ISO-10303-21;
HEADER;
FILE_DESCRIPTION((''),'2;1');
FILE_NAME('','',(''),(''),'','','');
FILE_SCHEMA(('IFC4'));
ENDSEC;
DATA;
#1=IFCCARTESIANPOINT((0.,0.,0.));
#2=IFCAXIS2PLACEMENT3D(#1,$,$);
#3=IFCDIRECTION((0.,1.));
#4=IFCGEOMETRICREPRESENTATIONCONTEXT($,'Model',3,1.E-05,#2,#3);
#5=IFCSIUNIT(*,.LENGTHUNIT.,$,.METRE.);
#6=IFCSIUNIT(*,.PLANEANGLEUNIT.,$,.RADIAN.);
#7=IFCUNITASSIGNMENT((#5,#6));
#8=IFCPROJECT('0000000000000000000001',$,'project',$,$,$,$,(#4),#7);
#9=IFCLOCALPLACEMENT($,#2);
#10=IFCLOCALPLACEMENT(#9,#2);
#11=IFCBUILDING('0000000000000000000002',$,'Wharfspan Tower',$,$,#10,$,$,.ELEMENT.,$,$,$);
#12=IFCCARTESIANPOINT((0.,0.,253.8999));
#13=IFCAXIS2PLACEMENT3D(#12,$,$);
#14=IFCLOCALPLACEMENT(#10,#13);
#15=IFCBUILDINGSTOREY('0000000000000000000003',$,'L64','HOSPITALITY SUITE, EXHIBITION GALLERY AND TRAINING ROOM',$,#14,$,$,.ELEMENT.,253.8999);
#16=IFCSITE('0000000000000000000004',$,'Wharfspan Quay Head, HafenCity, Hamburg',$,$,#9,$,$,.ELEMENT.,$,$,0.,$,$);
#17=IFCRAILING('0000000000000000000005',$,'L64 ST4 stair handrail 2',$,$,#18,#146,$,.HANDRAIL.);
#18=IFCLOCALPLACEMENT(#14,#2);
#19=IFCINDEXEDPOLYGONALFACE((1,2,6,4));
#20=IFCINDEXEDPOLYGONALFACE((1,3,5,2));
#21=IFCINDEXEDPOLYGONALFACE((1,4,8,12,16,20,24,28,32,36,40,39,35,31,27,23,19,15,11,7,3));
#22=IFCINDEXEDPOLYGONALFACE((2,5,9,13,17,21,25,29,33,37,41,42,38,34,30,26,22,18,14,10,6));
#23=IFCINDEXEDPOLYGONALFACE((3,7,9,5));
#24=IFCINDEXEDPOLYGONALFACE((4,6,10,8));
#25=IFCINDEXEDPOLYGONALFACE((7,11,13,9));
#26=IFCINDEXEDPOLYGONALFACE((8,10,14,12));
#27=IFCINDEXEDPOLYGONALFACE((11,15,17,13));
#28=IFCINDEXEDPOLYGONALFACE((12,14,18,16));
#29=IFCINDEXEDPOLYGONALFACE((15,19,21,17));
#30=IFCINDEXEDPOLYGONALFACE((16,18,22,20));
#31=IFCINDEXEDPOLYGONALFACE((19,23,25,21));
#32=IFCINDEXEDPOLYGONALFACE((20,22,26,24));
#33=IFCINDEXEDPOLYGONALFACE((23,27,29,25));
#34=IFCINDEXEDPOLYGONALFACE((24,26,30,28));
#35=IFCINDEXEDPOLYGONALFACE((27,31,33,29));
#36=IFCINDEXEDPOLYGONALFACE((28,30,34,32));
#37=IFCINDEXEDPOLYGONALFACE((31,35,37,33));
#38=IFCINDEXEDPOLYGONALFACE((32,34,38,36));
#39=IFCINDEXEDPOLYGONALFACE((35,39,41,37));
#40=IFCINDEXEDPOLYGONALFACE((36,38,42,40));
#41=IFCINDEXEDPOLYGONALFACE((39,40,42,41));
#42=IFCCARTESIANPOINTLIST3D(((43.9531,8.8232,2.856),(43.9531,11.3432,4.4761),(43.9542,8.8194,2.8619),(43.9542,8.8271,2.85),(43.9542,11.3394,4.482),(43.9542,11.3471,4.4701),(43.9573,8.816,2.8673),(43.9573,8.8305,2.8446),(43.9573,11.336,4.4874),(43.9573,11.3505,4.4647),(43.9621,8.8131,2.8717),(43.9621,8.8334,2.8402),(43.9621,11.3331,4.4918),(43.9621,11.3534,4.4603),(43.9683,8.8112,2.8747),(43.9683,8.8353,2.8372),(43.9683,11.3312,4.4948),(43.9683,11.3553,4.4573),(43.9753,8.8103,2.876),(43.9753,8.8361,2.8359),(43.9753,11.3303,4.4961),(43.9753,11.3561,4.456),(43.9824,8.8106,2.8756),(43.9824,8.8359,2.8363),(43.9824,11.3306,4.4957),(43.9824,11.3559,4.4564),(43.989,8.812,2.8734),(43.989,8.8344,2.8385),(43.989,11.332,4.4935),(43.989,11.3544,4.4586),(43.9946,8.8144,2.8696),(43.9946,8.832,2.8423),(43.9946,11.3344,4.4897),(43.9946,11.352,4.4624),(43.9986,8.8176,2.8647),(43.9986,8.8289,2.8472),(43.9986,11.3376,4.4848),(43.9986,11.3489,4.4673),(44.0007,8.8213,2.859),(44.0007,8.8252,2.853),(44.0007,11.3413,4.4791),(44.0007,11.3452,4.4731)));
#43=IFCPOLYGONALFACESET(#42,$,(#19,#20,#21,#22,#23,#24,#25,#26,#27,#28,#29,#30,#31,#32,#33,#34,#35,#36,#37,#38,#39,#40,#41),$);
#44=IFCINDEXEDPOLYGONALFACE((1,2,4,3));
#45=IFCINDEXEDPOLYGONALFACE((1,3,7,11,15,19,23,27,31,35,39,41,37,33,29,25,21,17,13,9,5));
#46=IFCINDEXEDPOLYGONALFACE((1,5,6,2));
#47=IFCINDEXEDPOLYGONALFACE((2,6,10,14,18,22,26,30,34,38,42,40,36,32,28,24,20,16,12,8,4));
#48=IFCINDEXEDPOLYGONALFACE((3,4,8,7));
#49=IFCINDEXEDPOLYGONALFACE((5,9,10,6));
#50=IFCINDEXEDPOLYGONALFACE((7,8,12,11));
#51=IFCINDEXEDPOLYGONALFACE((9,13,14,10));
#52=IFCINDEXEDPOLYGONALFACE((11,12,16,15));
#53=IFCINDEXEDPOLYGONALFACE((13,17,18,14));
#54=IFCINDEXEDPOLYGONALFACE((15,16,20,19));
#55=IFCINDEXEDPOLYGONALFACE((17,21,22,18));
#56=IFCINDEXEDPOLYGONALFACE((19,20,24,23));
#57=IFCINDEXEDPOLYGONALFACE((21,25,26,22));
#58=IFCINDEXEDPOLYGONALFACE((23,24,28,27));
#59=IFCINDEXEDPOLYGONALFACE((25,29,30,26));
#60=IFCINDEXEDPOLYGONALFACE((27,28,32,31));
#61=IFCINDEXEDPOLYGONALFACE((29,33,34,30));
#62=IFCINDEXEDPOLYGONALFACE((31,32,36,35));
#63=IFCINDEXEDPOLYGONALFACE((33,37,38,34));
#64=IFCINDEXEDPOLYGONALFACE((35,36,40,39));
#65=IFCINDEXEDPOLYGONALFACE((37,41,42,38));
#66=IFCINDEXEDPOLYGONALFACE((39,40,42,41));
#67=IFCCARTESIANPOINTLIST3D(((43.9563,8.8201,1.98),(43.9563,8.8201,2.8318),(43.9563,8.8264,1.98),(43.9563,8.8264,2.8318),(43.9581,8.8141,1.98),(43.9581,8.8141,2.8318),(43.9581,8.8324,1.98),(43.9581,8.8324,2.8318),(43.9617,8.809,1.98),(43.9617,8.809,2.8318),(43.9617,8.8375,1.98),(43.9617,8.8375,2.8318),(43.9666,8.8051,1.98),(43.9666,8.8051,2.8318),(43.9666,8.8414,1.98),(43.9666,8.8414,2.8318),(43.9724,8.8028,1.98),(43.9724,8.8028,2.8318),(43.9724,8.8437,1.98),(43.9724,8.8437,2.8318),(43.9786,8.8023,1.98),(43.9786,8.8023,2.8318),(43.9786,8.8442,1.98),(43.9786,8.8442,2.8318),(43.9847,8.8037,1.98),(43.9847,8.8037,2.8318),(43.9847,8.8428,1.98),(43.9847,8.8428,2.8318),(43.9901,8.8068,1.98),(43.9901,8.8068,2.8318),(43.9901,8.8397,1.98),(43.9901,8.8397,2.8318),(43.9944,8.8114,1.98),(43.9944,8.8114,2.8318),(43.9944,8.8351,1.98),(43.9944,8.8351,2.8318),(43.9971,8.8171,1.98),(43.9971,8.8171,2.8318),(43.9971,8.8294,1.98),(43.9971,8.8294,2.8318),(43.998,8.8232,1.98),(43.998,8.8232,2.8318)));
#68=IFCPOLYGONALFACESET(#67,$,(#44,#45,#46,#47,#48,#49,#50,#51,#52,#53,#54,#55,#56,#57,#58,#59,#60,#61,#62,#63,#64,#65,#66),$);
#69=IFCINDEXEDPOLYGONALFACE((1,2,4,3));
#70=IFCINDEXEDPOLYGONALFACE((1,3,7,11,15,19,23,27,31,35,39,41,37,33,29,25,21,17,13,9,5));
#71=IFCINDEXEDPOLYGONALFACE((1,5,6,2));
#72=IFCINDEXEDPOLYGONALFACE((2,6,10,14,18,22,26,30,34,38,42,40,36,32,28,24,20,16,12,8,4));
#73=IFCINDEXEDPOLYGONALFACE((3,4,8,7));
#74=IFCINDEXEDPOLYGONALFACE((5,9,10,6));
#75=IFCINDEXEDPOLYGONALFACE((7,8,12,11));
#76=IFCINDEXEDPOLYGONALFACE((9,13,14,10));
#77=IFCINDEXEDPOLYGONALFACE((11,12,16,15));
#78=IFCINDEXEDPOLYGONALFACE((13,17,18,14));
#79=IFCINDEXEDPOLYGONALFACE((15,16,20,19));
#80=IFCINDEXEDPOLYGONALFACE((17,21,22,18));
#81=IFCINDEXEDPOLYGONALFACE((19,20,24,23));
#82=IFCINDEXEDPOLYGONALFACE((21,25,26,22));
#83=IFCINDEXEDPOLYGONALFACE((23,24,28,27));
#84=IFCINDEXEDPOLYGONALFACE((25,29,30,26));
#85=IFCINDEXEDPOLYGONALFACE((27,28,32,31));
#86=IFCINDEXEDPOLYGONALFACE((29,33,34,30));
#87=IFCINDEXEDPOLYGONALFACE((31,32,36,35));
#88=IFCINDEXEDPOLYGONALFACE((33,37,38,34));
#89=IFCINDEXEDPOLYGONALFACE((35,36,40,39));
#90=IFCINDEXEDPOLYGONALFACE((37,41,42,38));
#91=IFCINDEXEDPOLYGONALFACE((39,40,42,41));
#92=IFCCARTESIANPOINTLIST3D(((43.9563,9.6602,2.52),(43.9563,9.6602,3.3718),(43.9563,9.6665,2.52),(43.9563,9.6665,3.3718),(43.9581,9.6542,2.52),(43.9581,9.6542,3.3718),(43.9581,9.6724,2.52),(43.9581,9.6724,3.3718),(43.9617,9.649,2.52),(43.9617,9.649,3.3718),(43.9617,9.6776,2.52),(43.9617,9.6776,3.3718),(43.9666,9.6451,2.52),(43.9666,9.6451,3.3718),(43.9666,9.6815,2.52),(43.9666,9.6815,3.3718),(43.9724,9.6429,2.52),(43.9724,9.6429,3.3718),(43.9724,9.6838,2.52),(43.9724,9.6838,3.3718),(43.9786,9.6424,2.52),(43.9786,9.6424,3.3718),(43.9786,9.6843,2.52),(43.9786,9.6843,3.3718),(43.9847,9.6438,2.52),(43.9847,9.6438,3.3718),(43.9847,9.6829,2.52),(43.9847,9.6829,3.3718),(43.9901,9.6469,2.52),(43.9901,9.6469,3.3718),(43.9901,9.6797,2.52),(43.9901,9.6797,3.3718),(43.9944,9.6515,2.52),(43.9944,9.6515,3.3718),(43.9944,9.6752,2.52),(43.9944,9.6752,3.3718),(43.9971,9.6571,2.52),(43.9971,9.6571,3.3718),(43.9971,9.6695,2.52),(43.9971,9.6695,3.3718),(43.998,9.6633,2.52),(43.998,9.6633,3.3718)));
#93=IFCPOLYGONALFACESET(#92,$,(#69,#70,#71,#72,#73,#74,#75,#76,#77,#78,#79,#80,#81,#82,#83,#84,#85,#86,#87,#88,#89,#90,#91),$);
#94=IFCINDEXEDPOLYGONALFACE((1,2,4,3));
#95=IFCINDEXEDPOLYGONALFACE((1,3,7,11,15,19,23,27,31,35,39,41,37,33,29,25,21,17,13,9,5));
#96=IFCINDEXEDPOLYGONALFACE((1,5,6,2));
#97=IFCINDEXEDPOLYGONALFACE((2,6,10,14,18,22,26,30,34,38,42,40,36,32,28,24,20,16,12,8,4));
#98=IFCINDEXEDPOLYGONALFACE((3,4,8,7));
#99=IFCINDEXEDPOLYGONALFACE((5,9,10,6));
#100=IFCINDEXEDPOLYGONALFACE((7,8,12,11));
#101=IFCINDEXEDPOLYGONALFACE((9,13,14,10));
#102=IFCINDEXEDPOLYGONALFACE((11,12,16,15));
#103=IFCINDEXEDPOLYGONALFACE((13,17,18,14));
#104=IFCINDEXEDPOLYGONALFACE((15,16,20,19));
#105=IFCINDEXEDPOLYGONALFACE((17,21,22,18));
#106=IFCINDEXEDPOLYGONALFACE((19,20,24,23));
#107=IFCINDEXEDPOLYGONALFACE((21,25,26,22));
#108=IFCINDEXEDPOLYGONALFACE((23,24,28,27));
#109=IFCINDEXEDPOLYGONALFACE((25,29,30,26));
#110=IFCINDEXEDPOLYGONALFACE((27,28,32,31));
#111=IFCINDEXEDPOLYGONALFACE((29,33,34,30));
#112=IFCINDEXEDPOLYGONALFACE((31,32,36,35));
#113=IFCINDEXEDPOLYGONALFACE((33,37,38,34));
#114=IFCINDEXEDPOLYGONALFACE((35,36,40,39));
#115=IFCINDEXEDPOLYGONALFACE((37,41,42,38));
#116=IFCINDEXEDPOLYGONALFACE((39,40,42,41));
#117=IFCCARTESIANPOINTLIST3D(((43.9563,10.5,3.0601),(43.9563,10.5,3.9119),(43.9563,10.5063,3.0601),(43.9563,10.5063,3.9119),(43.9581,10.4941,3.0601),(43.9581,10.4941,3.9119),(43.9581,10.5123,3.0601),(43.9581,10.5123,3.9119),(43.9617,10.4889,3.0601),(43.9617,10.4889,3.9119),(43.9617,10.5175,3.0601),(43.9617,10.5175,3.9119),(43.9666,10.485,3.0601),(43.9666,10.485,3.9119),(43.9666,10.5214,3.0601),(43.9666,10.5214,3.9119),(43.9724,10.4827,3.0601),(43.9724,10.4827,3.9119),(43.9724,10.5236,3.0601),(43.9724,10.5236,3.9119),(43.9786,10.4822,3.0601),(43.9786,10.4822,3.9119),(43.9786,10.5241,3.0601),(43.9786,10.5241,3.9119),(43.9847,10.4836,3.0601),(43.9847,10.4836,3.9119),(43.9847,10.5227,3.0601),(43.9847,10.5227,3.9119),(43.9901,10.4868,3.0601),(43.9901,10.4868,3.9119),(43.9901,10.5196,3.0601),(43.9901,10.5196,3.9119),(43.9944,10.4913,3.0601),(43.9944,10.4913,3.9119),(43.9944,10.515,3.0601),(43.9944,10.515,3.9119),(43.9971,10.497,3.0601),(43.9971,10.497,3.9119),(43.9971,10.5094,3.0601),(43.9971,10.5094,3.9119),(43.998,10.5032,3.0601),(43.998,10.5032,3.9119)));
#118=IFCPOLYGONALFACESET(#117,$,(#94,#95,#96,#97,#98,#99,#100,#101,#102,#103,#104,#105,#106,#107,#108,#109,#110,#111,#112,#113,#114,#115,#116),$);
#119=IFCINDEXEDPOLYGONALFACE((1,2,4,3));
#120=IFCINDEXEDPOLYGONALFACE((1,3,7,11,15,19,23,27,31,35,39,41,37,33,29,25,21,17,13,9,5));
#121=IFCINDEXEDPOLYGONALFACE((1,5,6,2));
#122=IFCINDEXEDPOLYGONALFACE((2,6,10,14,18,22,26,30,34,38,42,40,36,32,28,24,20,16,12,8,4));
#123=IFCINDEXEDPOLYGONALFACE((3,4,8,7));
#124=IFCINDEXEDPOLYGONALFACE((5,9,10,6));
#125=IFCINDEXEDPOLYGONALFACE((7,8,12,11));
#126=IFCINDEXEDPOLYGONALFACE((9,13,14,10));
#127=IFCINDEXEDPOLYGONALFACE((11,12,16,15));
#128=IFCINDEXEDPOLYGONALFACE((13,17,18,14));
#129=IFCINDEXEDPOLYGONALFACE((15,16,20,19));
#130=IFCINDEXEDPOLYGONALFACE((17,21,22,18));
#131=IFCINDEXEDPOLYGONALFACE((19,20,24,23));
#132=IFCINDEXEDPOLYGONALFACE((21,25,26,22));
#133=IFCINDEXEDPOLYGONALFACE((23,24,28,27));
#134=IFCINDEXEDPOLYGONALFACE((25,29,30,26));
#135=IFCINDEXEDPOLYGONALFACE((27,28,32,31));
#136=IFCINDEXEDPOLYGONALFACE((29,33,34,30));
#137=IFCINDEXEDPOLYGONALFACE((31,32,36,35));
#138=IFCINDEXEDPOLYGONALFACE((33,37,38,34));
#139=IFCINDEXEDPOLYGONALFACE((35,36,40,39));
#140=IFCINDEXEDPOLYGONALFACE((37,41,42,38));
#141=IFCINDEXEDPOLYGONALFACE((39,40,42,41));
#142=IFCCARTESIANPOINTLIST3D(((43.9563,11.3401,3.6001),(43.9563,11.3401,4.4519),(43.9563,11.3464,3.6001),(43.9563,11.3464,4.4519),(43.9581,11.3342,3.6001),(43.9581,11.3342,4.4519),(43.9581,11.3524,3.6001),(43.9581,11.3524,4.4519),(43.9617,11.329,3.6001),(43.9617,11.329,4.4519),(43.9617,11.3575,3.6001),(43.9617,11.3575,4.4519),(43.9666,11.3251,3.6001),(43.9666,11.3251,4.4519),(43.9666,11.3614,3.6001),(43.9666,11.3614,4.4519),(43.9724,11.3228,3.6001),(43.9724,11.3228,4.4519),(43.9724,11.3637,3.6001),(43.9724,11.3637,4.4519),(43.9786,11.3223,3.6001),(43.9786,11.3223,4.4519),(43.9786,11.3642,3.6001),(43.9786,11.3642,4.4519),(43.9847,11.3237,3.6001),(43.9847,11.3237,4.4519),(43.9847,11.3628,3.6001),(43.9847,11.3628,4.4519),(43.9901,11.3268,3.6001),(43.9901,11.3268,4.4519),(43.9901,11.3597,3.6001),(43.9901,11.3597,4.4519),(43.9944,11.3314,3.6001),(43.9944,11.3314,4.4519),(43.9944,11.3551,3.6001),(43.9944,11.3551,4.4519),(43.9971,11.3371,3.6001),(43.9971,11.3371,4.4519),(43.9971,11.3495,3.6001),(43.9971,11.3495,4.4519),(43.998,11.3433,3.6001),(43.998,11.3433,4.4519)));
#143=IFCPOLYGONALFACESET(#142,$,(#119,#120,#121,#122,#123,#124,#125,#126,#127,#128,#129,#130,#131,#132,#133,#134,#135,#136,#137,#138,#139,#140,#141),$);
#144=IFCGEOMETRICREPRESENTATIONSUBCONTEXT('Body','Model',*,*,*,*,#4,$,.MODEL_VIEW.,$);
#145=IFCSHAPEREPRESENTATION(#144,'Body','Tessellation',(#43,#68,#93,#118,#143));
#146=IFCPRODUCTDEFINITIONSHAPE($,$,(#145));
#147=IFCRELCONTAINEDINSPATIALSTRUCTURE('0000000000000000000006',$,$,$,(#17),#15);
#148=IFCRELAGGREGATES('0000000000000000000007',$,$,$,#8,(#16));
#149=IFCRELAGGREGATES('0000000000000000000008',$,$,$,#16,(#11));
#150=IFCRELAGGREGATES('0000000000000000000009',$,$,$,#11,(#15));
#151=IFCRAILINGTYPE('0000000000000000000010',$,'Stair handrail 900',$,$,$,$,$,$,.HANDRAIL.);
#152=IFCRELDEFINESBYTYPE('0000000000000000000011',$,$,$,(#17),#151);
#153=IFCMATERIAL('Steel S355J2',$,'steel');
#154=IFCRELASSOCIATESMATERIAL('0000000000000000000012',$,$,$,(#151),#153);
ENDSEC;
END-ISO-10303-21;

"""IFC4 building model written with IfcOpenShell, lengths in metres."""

from ifc_helpers import new_model, si_unit, direction, frame, origin, origin_2d, place, context, subcontext, project, spatial, circle, extrude, material, type_object, element, save


model = new_model("IFC4")

# Units and contexts
model_context = context("Model", 3, precision=1e-05, world=origin(), true_north=direction((0.0, 1.0)))
body_context = subcontext(model_context, "Body", "Model", "MODEL_VIEW")
ifc_project = project(units=[si_unit("LENGTHUNIT", "METRE"), si_unit("PLANEANGLEUNIT", "RADIAN")], contexts=[model_context])

# Site, building, storey
site_placement = place(None, origin())
site = spatial("IfcSite", under=ifc_project, at=site_placement, Name="Wharfspan Quay Head, HafenCity, Hamburg", CompositionType="ELEMENT", RefElevation=0.0)
building_placement = place(site_placement, origin())
building = spatial("IfcBuilding", under=site, at=building_placement, Name="Wharfspan Tower", CompositionType="ELEMENT")
storey_placement = place(building_placement, frame((0.0, 0.0, 253.8999)))
storey = spatial("IfcBuildingStorey", under=building, at=storey_placement, Name="L64", Description="HOSPITALITY SUITE, EXHIBITION GALLERY AND TRAINING ROOM", CompositionType="ELEMENT", Elevation=253.8999)

# Shared definitions
ifc_material_1 = material(Name="Steel S355J2", Category="steel")

# Railing
railing_type = type_object("IfcRailingType", Name="Stair handrail 900", PredefinedType="HANDRAIL", material=ifc_material_1)
railing_placement = place(storey_placement, frame((43.9771, 8.8232, 1.98)))
element("IfcRailing", 1, at=railing_placement, inside=storey, type_object=railing_type, Name="L64 ST4 stair handrail 2", PredefinedType="HANDRAIL", context=body_context, shape_type="SweptSolid", body=[
    extrude(circle(Radius=0.0239, at=origin_2d()), frame((0.0, 0.0, 0.876), z_axis=(0.0, 0.841163, 0.540782), x_axis=(-1.0, 0.0, 0.0)), (0.0, 0.0, 1.0), 2.9958),
    extrude(circle(Radius=0.021, at=origin_2d()), origin(), (0.0, 0.0, 1.0), 0.8518),
    extrude(circle(Radius=0.021, at=origin_2d()), frame((0.0, 0.8401, 0.54)), (0.0, 0.0, 1.0), 0.8518),
    extrude(circle(Radius=0.021, at=origin_2d()), frame((0.0, 1.6799, 1.0801)), (0.0, 0.0, 1.0), 0.8518),
    extrude(circle(Radius=0.021, at=origin_2d()), frame((0.0, 2.52, 1.6201)), (0.0, 0.0, 1.0), 0.8518),
])

save(model, "model.ifc")
